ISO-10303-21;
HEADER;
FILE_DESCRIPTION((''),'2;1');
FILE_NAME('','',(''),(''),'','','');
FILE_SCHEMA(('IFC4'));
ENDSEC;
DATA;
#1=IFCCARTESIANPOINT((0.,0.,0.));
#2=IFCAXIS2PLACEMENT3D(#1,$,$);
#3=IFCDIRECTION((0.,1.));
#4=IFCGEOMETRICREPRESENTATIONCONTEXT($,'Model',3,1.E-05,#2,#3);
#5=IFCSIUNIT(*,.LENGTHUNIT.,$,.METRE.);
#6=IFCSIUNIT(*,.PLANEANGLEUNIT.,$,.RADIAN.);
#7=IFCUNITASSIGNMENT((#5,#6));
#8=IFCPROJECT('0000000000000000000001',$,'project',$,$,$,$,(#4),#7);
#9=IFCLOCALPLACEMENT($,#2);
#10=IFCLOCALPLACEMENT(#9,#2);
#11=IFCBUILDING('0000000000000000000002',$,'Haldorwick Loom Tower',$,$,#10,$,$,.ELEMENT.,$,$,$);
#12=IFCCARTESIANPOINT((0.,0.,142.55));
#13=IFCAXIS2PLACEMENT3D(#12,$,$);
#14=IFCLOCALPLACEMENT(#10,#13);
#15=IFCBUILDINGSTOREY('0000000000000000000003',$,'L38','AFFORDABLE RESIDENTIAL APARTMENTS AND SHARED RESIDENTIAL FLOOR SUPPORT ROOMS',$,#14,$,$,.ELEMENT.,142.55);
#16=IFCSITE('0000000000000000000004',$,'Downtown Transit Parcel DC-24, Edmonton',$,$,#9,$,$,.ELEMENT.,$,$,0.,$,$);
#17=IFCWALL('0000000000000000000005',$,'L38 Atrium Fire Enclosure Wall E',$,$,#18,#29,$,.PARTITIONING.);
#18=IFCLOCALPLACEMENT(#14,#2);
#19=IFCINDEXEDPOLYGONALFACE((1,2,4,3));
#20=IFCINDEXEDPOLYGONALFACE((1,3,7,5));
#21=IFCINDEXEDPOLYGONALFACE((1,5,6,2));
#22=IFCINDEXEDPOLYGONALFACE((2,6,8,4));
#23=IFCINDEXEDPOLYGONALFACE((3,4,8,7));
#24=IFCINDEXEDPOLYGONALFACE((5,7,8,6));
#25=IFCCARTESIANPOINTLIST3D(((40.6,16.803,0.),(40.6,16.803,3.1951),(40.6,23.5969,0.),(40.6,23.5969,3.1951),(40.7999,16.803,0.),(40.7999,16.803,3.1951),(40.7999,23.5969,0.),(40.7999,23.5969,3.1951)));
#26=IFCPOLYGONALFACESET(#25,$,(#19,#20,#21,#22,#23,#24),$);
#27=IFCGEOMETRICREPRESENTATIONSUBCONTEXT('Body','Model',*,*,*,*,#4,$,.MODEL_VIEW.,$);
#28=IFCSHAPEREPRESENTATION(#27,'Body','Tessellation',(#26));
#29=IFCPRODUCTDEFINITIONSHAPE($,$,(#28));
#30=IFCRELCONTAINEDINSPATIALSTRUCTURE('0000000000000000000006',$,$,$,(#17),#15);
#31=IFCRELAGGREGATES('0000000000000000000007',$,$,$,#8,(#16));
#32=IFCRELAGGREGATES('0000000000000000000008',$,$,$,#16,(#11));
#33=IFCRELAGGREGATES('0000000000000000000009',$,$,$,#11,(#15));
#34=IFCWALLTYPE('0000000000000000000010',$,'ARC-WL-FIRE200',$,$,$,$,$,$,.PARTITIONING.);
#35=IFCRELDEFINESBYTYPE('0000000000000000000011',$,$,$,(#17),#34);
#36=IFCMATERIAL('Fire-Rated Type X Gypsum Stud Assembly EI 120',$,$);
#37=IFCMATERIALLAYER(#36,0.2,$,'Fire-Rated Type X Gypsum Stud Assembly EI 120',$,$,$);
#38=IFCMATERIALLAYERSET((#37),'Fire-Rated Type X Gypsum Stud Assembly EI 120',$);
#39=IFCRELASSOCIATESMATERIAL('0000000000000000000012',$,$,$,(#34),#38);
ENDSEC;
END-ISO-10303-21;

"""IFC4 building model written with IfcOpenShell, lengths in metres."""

from ifc_helpers import new_model, si_unit, direction, frame, frame_2d, origin, place, context, subcontext, project, spatial, rectangle, extrude, material, layer, layer_set, type_object, element, save


model = new_model("IFC4")

# Units and contexts
model_context = context("Model", 3, precision=1e-05, world=origin(), true_north=direction((0.0, 1.0)))
body_context = subcontext(model_context, "Body", "Model", "MODEL_VIEW")
ifc_project = project(units=[si_unit("LENGTHUNIT", "METRE"), si_unit("PLANEANGLEUNIT", "RADIAN")], contexts=[model_context])

# Site, building, storey
site_placement = place(None, origin())
site = spatial("IfcSite", under=ifc_project, at=site_placement, Name="Downtown Transit Parcel DC-24, Edmonton", CompositionType="ELEMENT", RefElevation=0.0)
building_placement = place(site_placement, origin())
building = spatial("IfcBuilding", under=site, at=building_placement, Name="Haldorwick Loom Tower", CompositionType="ELEMENT")
storey_placement = place(building_placement, frame((0.0, 0.0, 142.55)))
storey = spatial("IfcBuildingStorey", under=building, at=storey_placement, Name="L38", Description="AFFORDABLE RESIDENTIAL APARTMENTS AND SHARED RESIDENTIAL FLOOR SUPPORT ROOMS", CompositionType="ELEMENT", Elevation=142.55)

# Wall
ifc_material_1 = material(Name="Fire-Rated Type X Gypsum Stud Assembly EI 120")
ifc_layer_1 = layer(ifc_material_1, 0.2, Name="Fire-Rated Type X Gypsum Stud Assembly EI 120")
ifc_layer_set_1 = layer_set([ifc_layer_1], Name="Fire-Rated Type X Gypsum Stud Assembly EI 120")
wall_type_1 = type_object("IfcWallType", Name="ARC-WL-FIRE200", PredefinedType="PARTITIONING", material=ifc_layer_set_1)
wall_1_placement = place(storey_placement, frame((40.7, 23.5969, 0.0), z_axis=(0.0, 0.0, 1.0), x_axis=(0.0, -1.0, 0.0)))
element("IfcWall", 1, at=wall_1_placement, inside=storey, type_object=wall_type_1, Name="L38 Atrium Fire Enclosure Wall E", PredefinedType="PARTITIONING", context=body_context, shape_type="SweptSolid", body=[
    extrude(rectangle(XDim=6.7939, YDim=0.2, at=frame_2d((3.397, 0.0))), origin(), (0.0, 0.0, 1.0), 3.1951),
])

save(model, "model.ifc")
